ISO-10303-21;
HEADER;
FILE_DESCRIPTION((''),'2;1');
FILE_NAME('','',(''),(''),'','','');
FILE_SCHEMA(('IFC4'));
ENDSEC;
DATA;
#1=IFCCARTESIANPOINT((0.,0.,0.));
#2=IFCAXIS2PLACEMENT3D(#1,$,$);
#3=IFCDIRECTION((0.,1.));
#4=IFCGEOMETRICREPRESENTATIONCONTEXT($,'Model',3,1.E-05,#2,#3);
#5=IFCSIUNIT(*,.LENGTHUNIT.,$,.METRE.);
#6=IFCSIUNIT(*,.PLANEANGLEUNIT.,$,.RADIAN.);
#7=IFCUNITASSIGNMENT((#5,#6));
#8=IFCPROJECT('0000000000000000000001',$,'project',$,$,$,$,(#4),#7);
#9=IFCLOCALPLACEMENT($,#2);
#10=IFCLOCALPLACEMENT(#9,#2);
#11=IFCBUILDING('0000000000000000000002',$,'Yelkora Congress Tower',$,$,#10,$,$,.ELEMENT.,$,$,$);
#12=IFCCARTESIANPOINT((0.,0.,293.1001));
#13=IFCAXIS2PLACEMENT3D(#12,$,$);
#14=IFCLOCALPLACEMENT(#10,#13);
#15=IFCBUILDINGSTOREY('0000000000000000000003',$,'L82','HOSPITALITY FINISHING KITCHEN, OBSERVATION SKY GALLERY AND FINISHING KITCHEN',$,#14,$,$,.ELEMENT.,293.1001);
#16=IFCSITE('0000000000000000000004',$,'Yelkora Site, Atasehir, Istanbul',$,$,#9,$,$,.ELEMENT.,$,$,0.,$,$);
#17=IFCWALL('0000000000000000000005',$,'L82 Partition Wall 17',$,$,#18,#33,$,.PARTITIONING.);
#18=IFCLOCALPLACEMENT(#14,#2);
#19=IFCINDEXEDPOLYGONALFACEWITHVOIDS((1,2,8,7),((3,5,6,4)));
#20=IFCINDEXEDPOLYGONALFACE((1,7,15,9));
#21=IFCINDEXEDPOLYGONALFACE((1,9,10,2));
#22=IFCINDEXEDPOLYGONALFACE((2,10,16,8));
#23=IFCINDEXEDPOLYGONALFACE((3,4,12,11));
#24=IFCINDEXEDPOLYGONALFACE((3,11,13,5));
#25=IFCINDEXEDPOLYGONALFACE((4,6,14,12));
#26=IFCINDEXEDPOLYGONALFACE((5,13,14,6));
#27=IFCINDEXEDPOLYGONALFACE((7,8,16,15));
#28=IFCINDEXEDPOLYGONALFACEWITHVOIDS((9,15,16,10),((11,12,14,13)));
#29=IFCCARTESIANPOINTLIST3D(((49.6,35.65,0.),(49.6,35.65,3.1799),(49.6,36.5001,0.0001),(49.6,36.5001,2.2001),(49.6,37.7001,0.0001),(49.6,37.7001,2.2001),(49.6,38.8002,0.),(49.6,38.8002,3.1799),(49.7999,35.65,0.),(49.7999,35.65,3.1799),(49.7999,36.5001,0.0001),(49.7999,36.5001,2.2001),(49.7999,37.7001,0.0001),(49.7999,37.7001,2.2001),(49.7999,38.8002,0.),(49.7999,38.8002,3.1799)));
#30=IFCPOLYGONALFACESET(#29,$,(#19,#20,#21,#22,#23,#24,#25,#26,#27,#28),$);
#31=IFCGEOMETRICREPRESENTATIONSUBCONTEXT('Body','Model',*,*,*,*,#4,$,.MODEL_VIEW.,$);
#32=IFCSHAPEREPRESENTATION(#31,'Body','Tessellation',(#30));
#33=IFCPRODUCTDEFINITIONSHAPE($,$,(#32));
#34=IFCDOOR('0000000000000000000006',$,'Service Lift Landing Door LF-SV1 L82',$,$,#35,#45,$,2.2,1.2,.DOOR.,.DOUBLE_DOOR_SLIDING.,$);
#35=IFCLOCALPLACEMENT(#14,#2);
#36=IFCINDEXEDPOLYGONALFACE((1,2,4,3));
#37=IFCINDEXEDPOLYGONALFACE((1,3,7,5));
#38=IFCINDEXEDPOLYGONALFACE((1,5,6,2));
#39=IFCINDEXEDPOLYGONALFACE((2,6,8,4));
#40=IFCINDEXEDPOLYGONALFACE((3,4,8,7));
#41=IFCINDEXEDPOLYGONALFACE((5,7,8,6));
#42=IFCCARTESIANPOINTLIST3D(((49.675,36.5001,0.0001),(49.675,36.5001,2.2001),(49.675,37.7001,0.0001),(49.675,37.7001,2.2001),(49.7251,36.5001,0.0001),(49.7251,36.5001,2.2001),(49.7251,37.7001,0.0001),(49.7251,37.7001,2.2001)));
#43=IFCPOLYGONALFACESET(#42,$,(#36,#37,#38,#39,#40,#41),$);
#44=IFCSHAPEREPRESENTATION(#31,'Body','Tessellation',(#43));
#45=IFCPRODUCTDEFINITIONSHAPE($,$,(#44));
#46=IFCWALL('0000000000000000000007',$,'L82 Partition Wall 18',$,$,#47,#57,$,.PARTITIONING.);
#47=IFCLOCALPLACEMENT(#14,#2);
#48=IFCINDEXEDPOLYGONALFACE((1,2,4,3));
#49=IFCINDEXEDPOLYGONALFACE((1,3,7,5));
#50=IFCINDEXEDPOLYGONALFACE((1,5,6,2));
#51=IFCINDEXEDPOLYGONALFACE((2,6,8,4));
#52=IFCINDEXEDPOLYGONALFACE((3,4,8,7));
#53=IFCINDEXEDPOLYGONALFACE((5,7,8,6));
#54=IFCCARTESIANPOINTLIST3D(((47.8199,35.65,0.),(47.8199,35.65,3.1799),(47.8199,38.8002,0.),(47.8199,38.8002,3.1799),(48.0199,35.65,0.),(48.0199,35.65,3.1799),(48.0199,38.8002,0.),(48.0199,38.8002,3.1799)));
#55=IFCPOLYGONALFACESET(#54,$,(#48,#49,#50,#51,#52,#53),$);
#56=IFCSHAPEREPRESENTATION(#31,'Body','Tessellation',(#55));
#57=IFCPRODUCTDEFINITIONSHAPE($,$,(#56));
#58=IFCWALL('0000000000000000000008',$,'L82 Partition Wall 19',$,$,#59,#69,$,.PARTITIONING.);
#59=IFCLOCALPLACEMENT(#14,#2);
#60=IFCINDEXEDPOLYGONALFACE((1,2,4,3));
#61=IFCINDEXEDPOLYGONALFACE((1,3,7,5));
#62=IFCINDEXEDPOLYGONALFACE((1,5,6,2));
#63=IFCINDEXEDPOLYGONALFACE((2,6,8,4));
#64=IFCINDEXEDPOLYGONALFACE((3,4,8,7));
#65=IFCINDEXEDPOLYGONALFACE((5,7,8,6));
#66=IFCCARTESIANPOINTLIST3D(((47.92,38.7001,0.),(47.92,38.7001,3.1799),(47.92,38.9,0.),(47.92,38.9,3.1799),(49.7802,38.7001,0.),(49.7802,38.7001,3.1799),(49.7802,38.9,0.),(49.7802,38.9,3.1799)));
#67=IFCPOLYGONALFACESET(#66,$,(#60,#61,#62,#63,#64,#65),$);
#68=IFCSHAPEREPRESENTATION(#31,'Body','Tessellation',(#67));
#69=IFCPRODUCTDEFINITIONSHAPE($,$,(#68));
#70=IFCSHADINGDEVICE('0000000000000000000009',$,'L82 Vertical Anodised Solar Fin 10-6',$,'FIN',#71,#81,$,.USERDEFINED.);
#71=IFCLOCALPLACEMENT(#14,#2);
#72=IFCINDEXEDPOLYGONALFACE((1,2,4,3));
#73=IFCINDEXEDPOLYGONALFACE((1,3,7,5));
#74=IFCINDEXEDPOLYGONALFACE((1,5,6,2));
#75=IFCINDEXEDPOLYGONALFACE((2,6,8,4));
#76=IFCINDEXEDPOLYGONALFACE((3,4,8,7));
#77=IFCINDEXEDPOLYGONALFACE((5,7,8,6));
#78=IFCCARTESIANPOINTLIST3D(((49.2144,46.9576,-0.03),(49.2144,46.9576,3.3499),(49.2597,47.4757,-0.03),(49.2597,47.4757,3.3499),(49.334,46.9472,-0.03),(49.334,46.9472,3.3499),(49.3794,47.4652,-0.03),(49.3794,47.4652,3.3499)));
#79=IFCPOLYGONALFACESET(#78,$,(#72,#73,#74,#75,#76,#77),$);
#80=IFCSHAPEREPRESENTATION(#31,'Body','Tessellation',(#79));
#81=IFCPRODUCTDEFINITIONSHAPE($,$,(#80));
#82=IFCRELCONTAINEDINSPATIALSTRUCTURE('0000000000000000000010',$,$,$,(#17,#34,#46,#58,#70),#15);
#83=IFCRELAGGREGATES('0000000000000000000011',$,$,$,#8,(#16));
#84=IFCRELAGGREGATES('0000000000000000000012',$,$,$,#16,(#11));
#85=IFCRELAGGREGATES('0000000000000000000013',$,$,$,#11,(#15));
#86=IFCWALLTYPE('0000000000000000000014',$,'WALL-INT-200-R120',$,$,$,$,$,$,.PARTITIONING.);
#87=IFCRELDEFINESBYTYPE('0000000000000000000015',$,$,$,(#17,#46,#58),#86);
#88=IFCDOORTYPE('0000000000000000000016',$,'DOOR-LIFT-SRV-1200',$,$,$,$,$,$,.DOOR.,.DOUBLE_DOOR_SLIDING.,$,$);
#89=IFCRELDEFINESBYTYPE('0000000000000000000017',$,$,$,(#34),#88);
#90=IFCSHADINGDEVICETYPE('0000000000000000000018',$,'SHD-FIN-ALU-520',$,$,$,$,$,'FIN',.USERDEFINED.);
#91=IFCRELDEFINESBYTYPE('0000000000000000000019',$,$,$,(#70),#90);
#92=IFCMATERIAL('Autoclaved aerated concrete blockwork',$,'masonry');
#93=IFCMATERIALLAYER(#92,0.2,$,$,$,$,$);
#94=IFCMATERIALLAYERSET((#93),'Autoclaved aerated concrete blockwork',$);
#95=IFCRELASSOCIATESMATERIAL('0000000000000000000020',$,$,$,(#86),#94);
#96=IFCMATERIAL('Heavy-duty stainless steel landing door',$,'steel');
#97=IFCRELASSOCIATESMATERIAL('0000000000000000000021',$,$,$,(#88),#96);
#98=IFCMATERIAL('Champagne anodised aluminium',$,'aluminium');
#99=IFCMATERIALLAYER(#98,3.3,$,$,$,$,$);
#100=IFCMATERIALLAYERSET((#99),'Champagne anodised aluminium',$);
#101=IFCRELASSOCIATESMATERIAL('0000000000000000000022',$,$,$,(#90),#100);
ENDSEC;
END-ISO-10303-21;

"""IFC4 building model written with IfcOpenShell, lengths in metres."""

from ifc_helpers import new_model, si_unit, direction, frame, frame_2d, origin, origin_2d, place, context, subcontext, project, spatial, rectangle, extrude, material, layer, layer_set, type_object, element, fill, save


model = new_model("IFC4")

# Units and contexts
model_context = context("Model", 3, precision=1e-05, world=origin(), true_north=direction((0.0, 1.0)))
body_context = subcontext(model_context, "Body", "Model", "MODEL_VIEW")
ifc_project = project(units=[si_unit("LENGTHUNIT", "METRE"), si_unit("PLANEANGLEUNIT", "RADIAN")], contexts=[model_context])

# Site, building, storey
site_placement = place(None, origin())
site = spatial("IfcSite", under=ifc_project, at=site_placement, Name="Yelkora Site, Atasehir, Istanbul", CompositionType="ELEMENT", RefElevation=0.0)
building_placement = place(site_placement, origin())
building = spatial("IfcBuilding", under=site, at=building_placement, Name="Yelkora Congress Tower", CompositionType="ELEMENT")
storey_placement = place(building_placement, frame((0.0, 0.0, 293.1001)))
storey = spatial("IfcBuildingStorey", under=building, at=storey_placement, Name="L82", Description="HOSPITALITY FINISHING KITCHEN, OBSERVATION SKY GALLERY AND FINISHING KITCHEN", CompositionType="ELEMENT", Elevation=293.1001)

# Wall, opening, door
ifc_material_1 = material(Name="Autoclaved aerated concrete blockwork", Category="masonry")
ifc_layer_1 = layer(ifc_material_1, 0.2)
ifc_layer_set_1 = layer_set([ifc_layer_1], Name="Autoclaved aerated concrete blockwork")
wall_type_1 = type_object("IfcWallType", Name="WALL-INT-200-R120", PredefinedType="PARTITIONING", material=ifc_layer_set_1)
wall_1_placement = place(storey_placement, frame((49.7, 35.6499, 0.0), z_axis=(0.0, 0.0, 1.0), x_axis=(0.0, 1.0, 0.0)))
wall_1 = element("IfcWall", 1, at=wall_1_placement, inside=storey, type_object=wall_type_1, Name="L82 Partition Wall 17", PredefinedType="PARTITIONING", context=body_context, shape_type="SweptSolid", body=[
    extrude(rectangle(XDim=3.1501, YDim=0.2, at=frame_2d((1.5752, 0.0))), origin(), (0.0, 0.0, 1.0), 3.1799),
])
opening_1_placement = place(wall_1_placement, frame((0.8501, 0.0, 0.0)))
opening_1 = element("IfcOpeningElement", 2, at=opening_1_placement, cuts=wall_1, PredefinedType="OPENING", context=body_context, shape_type="SweptSolid", body=[
    extrude(rectangle(XDim=1.2, YDim=2.2, at=frame_2d((0.6001, 1.1001))), frame((0.0, 0.1099, 0.0), z_axis=(0.0, -1.0, 0.0), x_axis=(1.0, 0.0, 0.0)), (0.0, 0.0, 1.0), 0.22),
])
ifc_material_2 = material(Name="Heavy-duty stainless steel landing door", Category="steel")
door_type_1 = type_object("IfcDoorType", Name="DOOR-LIFT-SRV-1200", OperationType="DOUBLE_DOOR_SLIDING", PredefinedType="DOOR", material=ifc_material_2)
door_1_placement = place(opening_1_placement, origin())
door_1 = element("IfcDoor", 3, at=door_1_placement, inside=storey, type_object=door_type_1, Name="Service Lift Landing Door LF-SV1 L82", OperationType="DOUBLE_DOOR_SLIDING", OverallHeight=2.2, OverallWidth=1.2, PredefinedType="DOOR", context=body_context, shape_type="SweptSolid", body=[
    extrude(rectangle(XDim=1.2, YDim=2.2, at=frame_2d((0.6001, 1.1001))), frame((0.0, 0.0249, 0.0), z_axis=(0.0, -1.0, 0.0), x_axis=(1.0, 0.0, 0.0)), (0.0, 0.0, 1.0), 0.05),
])
fill(opening_1, door_1)

# Walls
wall_2_placement = place(storey_placement, frame((47.9199, 35.6499, 0.0), z_axis=(0.0, 0.0, 1.0), x_axis=(0.0, 1.0, 0.0)))
element("IfcWall", 4, at=wall_2_placement, inside=storey, type_object=wall_type_1, Name="L82 Partition Wall 18", PredefinedType="PARTITIONING", context=body_context, shape_type="SweptSolid", body=[
    extrude(rectangle(XDim=3.1501, YDim=0.2, at=frame_2d((1.5752, 0.0))), origin(), (0.0, 0.0, 1.0), 3.1799),
])
wall_3_placement = place(storey_placement, frame((47.9199, 38.8, 0.0), z_axis=(0.0, 0.0, 1.0), x_axis=(1.0, 0.0, 0.0)))
element("IfcWall", 5, at=wall_3_placement, inside=storey, type_object=wall_type_1, Name="L82 Partition Wall 19", PredefinedType="PARTITIONING", context=body_context, shape_type="SweptSolid", body=[
    extrude(rectangle(XDim=1.8601, YDim=0.2, at=frame_2d((0.9302, 0.0))), origin(), (0.0, 0.0, 1.0), 3.1799),
])

# Shading device
ifc_material_3 = material(Name="Champagne anodised aluminium", Category="aluminium")
ifc_layer_2 = layer(ifc_material_3, 3.3)
ifc_layer_set_2 = layer_set([ifc_layer_2], Name="Champagne anodised aluminium")
shading_device_type = type_object("IfcShadingDeviceType", Name="SHD-FIN-ALU-520", ElementType="FIN", PredefinedType="USERDEFINED", material=ifc_layer_set_2)
shading_device_placement = place(storey_placement, frame((49.2969, 47.2114, -0.03), z_axis=(0.0, 0.0, 1.0), x_axis=(0.996195, -0.087156, 0.0)))
element("IfcShadingDevice", 6, at=shading_device_placement, inside=storey, type_object=shading_device_type, Name="L82 Vertical Anodised Solar Fin 10-6", ObjectType="FIN", PredefinedType="USERDEFINED", context=body_context, shape_type="SweptSolid", body=[
    extrude(rectangle(XDim=0.1201, YDim=0.52, at=origin_2d()), origin(), (0.0, 0.0, 1.0), 3.3799),
])

save(model, "model.ifc")
